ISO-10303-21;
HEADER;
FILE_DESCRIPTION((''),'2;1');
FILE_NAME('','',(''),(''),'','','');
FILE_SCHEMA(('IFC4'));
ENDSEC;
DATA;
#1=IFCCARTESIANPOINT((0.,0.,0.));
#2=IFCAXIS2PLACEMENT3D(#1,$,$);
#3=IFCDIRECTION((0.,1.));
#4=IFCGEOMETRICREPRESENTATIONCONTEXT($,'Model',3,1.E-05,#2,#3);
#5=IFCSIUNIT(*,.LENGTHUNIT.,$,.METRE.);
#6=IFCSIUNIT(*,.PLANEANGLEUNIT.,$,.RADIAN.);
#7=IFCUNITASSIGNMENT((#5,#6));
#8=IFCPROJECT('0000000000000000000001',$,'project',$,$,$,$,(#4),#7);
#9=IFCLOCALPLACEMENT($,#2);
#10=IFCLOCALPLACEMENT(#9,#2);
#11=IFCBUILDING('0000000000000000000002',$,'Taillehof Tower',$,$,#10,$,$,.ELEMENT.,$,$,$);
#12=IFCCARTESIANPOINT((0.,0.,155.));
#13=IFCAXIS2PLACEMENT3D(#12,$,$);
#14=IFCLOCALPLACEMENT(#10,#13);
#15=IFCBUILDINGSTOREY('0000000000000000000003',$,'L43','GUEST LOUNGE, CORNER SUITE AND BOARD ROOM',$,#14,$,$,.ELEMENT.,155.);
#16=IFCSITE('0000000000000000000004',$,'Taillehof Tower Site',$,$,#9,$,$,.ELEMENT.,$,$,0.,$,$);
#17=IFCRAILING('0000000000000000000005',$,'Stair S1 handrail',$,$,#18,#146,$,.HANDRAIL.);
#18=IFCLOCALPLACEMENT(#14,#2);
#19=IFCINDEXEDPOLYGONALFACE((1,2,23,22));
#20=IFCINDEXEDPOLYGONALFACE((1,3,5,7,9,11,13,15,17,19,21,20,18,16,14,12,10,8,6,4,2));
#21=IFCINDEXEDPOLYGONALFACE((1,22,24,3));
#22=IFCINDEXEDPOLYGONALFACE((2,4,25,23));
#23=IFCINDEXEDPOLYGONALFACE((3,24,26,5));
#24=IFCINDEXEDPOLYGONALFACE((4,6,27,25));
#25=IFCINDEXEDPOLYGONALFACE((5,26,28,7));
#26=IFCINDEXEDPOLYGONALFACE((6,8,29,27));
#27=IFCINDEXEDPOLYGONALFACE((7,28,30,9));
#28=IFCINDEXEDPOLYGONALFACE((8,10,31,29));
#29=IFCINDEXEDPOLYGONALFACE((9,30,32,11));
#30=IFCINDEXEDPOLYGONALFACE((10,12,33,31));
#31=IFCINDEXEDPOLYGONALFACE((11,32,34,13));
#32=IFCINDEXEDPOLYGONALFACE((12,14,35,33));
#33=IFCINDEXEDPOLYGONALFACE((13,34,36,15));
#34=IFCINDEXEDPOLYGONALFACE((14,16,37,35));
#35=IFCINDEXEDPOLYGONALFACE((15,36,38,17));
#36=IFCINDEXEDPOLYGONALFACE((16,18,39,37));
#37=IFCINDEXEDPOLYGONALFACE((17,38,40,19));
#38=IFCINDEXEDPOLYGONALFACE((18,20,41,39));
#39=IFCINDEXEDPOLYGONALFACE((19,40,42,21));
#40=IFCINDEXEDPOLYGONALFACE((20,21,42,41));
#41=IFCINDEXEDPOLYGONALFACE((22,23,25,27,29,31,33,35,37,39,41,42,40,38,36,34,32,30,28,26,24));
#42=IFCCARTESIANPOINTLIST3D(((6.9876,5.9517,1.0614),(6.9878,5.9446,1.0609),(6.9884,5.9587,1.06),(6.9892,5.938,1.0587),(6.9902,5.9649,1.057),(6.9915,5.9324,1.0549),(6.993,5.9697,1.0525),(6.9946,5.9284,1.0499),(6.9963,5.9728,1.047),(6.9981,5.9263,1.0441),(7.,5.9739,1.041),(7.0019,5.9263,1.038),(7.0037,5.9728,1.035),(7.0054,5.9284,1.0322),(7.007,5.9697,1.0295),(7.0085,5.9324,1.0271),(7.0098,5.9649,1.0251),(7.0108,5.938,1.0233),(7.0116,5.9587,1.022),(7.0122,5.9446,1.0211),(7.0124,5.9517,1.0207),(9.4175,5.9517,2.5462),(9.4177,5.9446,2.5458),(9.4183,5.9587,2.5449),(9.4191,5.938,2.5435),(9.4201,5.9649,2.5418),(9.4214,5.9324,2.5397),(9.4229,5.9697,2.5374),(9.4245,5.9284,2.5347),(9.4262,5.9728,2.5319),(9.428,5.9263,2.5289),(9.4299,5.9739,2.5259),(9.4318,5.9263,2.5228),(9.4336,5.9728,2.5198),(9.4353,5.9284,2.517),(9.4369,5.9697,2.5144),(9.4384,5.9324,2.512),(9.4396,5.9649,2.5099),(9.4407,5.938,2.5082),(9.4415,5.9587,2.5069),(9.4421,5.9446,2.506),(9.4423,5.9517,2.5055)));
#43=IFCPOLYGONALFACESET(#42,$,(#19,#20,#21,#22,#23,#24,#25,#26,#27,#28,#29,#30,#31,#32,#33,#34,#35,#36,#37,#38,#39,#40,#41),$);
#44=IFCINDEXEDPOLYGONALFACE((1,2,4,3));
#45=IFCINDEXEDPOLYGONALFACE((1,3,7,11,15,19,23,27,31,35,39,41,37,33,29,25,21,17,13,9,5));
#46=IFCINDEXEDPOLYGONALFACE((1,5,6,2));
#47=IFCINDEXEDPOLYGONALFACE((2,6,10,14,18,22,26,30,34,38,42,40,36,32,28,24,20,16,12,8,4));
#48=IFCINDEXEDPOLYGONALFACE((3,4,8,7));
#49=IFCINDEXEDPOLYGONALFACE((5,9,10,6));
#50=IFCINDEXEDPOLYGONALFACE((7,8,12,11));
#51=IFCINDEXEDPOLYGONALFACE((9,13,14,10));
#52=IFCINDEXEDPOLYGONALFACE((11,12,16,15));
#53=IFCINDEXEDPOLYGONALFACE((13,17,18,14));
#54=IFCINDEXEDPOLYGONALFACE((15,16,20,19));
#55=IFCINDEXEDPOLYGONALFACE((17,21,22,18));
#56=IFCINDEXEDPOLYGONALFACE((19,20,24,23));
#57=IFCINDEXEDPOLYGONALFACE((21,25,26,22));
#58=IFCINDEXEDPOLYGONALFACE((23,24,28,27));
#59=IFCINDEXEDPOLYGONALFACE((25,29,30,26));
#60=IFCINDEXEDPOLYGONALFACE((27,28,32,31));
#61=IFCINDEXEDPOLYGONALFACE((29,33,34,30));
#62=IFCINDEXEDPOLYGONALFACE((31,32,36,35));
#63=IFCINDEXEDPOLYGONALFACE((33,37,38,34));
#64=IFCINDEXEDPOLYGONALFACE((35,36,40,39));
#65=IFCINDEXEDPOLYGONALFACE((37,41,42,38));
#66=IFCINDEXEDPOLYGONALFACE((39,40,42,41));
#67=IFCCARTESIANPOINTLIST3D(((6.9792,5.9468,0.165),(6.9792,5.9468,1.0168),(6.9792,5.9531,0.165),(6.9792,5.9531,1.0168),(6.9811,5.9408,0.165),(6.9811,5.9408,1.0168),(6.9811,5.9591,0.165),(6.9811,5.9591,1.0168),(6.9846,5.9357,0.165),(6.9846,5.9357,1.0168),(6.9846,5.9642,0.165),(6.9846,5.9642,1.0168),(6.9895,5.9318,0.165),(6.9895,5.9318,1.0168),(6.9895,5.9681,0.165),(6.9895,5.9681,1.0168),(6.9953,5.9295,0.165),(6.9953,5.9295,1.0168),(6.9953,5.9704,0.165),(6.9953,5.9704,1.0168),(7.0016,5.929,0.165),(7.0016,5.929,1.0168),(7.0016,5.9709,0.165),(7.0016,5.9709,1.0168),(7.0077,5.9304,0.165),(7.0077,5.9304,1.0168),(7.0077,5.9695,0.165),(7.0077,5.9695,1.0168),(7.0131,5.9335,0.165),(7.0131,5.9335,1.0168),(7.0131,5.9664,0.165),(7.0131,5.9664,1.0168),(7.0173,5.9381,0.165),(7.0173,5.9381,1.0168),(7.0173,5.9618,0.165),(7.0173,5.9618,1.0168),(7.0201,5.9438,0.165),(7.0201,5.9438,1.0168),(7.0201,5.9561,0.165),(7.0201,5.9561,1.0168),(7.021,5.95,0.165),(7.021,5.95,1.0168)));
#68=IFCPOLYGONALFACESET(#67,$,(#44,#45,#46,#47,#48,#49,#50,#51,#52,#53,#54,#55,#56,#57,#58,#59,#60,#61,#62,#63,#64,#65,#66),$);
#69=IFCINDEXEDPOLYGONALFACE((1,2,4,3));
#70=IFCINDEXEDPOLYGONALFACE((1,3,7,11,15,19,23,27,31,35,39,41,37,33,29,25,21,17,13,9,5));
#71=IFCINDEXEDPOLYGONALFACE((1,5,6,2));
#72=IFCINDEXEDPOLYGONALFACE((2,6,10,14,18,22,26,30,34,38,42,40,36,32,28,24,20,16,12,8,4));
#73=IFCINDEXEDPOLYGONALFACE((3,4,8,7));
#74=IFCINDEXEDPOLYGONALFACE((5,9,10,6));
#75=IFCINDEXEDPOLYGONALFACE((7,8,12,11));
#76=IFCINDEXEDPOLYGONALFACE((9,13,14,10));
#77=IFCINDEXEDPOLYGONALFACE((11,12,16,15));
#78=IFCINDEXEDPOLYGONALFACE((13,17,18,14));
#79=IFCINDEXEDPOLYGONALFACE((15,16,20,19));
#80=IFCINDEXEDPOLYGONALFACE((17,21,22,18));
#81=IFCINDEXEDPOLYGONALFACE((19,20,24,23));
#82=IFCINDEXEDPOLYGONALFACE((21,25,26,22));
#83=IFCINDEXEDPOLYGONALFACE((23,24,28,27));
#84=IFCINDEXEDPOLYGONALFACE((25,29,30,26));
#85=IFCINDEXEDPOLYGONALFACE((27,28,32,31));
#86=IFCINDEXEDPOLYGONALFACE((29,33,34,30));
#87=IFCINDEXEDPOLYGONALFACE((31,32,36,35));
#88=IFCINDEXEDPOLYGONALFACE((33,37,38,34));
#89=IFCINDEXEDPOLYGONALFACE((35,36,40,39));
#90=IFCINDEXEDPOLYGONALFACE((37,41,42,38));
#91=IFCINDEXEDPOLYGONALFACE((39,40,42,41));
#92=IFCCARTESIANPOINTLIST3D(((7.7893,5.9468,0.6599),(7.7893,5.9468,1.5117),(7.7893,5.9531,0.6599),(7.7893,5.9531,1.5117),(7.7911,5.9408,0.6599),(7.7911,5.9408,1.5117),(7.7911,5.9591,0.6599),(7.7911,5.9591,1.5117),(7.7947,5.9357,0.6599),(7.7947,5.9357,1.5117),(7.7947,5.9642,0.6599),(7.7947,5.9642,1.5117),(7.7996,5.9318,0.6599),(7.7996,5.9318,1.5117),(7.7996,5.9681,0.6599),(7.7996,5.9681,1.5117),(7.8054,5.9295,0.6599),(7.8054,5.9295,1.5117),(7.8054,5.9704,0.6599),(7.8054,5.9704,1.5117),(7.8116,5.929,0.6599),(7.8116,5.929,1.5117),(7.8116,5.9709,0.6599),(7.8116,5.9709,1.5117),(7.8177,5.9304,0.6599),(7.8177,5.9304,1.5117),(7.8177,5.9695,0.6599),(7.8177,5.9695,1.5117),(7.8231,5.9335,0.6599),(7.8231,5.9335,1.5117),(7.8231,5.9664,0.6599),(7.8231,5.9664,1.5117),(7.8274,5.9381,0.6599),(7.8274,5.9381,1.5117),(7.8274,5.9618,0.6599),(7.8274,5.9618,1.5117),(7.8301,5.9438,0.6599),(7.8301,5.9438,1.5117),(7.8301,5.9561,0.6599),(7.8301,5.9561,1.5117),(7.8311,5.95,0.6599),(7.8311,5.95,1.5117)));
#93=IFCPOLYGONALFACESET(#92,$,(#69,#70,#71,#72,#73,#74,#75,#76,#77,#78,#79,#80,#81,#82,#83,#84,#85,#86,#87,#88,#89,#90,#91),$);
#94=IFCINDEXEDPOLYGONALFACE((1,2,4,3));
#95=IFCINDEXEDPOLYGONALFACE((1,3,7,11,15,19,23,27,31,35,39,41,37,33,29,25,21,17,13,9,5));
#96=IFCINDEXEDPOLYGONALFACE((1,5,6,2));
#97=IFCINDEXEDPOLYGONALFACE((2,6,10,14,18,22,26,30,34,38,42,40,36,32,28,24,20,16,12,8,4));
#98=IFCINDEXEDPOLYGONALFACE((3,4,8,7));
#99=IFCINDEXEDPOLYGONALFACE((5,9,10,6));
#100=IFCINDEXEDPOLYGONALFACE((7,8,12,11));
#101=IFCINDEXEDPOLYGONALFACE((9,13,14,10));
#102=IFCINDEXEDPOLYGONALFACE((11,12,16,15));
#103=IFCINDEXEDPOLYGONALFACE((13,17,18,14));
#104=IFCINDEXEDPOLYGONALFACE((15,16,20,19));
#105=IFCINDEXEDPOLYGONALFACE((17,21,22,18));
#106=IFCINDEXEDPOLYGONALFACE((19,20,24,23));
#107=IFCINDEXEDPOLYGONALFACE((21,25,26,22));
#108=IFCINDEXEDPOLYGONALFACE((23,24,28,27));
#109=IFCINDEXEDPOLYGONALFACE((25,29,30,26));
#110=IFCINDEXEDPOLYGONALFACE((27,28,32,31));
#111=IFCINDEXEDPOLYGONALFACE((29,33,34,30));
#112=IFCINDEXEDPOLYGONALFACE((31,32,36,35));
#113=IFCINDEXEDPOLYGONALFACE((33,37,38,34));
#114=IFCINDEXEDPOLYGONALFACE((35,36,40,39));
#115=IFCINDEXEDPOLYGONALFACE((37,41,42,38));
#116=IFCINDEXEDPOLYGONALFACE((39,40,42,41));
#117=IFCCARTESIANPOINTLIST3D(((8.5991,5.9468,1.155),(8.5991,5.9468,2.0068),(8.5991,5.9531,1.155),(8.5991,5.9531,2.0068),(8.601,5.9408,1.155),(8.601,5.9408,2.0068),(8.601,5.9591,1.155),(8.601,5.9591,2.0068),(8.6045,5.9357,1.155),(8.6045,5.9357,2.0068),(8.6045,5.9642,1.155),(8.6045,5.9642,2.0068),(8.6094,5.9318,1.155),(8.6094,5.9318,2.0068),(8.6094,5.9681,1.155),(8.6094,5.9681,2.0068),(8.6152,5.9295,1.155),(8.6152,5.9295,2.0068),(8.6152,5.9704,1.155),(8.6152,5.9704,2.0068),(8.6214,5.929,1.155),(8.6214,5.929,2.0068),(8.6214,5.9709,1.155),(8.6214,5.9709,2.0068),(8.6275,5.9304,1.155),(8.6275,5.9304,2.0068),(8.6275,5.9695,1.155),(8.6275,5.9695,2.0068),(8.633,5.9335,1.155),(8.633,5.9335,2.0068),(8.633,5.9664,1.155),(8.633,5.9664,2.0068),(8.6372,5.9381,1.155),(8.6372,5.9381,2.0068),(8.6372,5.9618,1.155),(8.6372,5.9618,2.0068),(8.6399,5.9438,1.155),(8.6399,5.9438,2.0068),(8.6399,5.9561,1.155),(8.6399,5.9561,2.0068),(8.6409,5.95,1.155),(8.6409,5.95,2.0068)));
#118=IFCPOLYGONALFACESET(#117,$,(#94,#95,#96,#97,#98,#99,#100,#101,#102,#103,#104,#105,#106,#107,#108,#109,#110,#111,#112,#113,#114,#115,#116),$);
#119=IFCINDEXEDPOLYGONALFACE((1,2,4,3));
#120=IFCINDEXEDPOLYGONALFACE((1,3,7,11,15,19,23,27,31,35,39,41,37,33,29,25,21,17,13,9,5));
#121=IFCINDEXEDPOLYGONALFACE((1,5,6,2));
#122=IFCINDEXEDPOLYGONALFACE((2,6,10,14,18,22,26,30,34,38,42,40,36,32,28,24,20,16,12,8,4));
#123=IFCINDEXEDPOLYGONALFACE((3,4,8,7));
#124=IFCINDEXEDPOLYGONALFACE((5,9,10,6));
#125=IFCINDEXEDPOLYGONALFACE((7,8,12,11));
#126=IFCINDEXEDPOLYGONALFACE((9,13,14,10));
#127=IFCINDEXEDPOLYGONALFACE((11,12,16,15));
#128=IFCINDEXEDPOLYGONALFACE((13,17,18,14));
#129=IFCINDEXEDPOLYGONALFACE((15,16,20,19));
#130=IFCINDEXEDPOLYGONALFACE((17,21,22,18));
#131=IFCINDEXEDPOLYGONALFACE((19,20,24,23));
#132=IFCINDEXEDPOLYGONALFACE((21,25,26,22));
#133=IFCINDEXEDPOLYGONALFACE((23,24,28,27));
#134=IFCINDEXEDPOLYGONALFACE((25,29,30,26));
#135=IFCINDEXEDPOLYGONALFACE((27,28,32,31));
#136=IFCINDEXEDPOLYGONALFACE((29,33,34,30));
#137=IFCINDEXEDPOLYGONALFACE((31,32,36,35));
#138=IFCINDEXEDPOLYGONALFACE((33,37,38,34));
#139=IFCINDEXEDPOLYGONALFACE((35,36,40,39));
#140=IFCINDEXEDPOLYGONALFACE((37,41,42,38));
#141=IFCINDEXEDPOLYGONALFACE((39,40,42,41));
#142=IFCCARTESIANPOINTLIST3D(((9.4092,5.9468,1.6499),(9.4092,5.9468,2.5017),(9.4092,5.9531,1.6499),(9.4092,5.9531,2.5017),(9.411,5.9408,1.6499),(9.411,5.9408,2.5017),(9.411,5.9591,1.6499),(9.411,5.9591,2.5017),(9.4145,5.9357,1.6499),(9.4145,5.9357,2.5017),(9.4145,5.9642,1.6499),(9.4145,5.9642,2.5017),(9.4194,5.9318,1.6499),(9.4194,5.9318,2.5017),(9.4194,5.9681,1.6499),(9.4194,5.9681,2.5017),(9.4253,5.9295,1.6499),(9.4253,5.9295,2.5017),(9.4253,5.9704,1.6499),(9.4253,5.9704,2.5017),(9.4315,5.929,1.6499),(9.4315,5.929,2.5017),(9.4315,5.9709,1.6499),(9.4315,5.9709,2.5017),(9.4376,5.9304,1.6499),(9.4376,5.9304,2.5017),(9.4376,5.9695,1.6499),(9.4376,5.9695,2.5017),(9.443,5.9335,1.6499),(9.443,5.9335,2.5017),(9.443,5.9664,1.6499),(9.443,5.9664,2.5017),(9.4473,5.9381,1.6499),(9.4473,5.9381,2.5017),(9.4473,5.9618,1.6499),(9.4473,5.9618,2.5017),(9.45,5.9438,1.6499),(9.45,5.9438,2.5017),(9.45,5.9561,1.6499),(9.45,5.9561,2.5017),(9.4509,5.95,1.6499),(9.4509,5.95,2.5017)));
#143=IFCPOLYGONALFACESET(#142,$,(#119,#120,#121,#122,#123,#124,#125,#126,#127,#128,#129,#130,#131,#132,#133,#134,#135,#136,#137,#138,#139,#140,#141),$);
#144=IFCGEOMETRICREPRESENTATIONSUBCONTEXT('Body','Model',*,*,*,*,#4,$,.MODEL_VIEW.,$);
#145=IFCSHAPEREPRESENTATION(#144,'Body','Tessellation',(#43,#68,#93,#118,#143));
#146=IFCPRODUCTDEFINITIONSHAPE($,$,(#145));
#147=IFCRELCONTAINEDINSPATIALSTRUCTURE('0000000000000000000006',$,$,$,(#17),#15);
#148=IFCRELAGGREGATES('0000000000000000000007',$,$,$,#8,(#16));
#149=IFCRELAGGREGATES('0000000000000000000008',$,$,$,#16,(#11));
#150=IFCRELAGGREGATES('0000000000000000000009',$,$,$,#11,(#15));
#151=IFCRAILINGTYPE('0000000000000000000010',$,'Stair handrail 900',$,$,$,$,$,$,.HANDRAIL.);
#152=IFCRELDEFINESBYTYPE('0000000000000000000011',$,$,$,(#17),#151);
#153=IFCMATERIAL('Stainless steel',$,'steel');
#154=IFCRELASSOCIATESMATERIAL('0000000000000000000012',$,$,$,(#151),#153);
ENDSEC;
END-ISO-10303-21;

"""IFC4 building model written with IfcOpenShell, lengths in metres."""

from ifc_helpers import new_model, si_unit, direction, frame, origin, origin_2d, place, context, subcontext, project, spatial, circle, extrude, material, type_object, element, save


model = new_model("IFC4")

# Units and contexts
model_context = context("Model", 3, precision=1e-05, world=origin(), true_north=direction((0.0, 1.0)))
body_context = subcontext(model_context, "Body", "Model", "MODEL_VIEW")
ifc_project = project(units=[si_unit("LENGTHUNIT", "METRE"), si_unit("PLANEANGLEUNIT", "RADIAN")], contexts=[model_context])

# Site, building, storey
site_placement = place(None, origin())
site = spatial("IfcSite", under=ifc_project, at=site_placement, Name="Taillehof Tower Site", CompositionType="ELEMENT", RefElevation=0.0)
building_placement = place(site_placement, origin())
building = spatial("IfcBuilding", under=site, at=building_placement, Name="Taillehof Tower", CompositionType="ELEMENT")
storey_placement = place(building_placement, frame((0.0, 0.0, 155.0)))
storey = spatial("IfcBuildingStorey", under=building, at=storey_placement, Name="L43", Description="GUEST LOUNGE, CORNER SUITE AND BOARD ROOM", CompositionType="ELEMENT", Elevation=155.0)

# Railing
ifc_material_1 = material(Name="Stainless steel", Category="steel")
railing_type = type_object("IfcRailingType", Name="Stair handrail 900", PredefinedType="HANDRAIL", material=ifc_material_1)
railing_placement = place(storey_placement, frame((7.0, 5.95, 0.165)))
element("IfcRailing", 1, at=railing_placement, inside=storey, type_object=railing_type, Name="Stair S1 handrail", PredefinedType="HANDRAIL", context=body_context, shape_type="SweptSolid", body=[
    extrude(circle(Radius=0.0239, at=origin_2d()), frame((0.0, 0.0, 0.876), z_axis=(0.853297, 0.0, 0.521426), x_axis=(0.0, 1.0, 0.0)), (0.0, 0.0, 1.0), 2.8477),
    extrude(circle(Radius=0.021, at=origin_2d()), origin(), (0.0, 0.0, 1.0), 0.8518),
    extrude(circle(Radius=0.021, at=origin_2d()), frame((0.8101, 0.0, 0.4949)), (0.0, 0.0, 1.0), 0.8518),
    extrude(circle(Radius=0.021, at=origin_2d()), frame((1.6199, 0.0, 0.99)), (0.0, 0.0, 1.0), 0.8518),
    extrude(circle(Radius=0.021, at=origin_2d()), frame((2.4299, 0.0, 1.4849)), (0.0, 0.0, 1.0), 0.8518),
])

save(model, "model.ifc")
